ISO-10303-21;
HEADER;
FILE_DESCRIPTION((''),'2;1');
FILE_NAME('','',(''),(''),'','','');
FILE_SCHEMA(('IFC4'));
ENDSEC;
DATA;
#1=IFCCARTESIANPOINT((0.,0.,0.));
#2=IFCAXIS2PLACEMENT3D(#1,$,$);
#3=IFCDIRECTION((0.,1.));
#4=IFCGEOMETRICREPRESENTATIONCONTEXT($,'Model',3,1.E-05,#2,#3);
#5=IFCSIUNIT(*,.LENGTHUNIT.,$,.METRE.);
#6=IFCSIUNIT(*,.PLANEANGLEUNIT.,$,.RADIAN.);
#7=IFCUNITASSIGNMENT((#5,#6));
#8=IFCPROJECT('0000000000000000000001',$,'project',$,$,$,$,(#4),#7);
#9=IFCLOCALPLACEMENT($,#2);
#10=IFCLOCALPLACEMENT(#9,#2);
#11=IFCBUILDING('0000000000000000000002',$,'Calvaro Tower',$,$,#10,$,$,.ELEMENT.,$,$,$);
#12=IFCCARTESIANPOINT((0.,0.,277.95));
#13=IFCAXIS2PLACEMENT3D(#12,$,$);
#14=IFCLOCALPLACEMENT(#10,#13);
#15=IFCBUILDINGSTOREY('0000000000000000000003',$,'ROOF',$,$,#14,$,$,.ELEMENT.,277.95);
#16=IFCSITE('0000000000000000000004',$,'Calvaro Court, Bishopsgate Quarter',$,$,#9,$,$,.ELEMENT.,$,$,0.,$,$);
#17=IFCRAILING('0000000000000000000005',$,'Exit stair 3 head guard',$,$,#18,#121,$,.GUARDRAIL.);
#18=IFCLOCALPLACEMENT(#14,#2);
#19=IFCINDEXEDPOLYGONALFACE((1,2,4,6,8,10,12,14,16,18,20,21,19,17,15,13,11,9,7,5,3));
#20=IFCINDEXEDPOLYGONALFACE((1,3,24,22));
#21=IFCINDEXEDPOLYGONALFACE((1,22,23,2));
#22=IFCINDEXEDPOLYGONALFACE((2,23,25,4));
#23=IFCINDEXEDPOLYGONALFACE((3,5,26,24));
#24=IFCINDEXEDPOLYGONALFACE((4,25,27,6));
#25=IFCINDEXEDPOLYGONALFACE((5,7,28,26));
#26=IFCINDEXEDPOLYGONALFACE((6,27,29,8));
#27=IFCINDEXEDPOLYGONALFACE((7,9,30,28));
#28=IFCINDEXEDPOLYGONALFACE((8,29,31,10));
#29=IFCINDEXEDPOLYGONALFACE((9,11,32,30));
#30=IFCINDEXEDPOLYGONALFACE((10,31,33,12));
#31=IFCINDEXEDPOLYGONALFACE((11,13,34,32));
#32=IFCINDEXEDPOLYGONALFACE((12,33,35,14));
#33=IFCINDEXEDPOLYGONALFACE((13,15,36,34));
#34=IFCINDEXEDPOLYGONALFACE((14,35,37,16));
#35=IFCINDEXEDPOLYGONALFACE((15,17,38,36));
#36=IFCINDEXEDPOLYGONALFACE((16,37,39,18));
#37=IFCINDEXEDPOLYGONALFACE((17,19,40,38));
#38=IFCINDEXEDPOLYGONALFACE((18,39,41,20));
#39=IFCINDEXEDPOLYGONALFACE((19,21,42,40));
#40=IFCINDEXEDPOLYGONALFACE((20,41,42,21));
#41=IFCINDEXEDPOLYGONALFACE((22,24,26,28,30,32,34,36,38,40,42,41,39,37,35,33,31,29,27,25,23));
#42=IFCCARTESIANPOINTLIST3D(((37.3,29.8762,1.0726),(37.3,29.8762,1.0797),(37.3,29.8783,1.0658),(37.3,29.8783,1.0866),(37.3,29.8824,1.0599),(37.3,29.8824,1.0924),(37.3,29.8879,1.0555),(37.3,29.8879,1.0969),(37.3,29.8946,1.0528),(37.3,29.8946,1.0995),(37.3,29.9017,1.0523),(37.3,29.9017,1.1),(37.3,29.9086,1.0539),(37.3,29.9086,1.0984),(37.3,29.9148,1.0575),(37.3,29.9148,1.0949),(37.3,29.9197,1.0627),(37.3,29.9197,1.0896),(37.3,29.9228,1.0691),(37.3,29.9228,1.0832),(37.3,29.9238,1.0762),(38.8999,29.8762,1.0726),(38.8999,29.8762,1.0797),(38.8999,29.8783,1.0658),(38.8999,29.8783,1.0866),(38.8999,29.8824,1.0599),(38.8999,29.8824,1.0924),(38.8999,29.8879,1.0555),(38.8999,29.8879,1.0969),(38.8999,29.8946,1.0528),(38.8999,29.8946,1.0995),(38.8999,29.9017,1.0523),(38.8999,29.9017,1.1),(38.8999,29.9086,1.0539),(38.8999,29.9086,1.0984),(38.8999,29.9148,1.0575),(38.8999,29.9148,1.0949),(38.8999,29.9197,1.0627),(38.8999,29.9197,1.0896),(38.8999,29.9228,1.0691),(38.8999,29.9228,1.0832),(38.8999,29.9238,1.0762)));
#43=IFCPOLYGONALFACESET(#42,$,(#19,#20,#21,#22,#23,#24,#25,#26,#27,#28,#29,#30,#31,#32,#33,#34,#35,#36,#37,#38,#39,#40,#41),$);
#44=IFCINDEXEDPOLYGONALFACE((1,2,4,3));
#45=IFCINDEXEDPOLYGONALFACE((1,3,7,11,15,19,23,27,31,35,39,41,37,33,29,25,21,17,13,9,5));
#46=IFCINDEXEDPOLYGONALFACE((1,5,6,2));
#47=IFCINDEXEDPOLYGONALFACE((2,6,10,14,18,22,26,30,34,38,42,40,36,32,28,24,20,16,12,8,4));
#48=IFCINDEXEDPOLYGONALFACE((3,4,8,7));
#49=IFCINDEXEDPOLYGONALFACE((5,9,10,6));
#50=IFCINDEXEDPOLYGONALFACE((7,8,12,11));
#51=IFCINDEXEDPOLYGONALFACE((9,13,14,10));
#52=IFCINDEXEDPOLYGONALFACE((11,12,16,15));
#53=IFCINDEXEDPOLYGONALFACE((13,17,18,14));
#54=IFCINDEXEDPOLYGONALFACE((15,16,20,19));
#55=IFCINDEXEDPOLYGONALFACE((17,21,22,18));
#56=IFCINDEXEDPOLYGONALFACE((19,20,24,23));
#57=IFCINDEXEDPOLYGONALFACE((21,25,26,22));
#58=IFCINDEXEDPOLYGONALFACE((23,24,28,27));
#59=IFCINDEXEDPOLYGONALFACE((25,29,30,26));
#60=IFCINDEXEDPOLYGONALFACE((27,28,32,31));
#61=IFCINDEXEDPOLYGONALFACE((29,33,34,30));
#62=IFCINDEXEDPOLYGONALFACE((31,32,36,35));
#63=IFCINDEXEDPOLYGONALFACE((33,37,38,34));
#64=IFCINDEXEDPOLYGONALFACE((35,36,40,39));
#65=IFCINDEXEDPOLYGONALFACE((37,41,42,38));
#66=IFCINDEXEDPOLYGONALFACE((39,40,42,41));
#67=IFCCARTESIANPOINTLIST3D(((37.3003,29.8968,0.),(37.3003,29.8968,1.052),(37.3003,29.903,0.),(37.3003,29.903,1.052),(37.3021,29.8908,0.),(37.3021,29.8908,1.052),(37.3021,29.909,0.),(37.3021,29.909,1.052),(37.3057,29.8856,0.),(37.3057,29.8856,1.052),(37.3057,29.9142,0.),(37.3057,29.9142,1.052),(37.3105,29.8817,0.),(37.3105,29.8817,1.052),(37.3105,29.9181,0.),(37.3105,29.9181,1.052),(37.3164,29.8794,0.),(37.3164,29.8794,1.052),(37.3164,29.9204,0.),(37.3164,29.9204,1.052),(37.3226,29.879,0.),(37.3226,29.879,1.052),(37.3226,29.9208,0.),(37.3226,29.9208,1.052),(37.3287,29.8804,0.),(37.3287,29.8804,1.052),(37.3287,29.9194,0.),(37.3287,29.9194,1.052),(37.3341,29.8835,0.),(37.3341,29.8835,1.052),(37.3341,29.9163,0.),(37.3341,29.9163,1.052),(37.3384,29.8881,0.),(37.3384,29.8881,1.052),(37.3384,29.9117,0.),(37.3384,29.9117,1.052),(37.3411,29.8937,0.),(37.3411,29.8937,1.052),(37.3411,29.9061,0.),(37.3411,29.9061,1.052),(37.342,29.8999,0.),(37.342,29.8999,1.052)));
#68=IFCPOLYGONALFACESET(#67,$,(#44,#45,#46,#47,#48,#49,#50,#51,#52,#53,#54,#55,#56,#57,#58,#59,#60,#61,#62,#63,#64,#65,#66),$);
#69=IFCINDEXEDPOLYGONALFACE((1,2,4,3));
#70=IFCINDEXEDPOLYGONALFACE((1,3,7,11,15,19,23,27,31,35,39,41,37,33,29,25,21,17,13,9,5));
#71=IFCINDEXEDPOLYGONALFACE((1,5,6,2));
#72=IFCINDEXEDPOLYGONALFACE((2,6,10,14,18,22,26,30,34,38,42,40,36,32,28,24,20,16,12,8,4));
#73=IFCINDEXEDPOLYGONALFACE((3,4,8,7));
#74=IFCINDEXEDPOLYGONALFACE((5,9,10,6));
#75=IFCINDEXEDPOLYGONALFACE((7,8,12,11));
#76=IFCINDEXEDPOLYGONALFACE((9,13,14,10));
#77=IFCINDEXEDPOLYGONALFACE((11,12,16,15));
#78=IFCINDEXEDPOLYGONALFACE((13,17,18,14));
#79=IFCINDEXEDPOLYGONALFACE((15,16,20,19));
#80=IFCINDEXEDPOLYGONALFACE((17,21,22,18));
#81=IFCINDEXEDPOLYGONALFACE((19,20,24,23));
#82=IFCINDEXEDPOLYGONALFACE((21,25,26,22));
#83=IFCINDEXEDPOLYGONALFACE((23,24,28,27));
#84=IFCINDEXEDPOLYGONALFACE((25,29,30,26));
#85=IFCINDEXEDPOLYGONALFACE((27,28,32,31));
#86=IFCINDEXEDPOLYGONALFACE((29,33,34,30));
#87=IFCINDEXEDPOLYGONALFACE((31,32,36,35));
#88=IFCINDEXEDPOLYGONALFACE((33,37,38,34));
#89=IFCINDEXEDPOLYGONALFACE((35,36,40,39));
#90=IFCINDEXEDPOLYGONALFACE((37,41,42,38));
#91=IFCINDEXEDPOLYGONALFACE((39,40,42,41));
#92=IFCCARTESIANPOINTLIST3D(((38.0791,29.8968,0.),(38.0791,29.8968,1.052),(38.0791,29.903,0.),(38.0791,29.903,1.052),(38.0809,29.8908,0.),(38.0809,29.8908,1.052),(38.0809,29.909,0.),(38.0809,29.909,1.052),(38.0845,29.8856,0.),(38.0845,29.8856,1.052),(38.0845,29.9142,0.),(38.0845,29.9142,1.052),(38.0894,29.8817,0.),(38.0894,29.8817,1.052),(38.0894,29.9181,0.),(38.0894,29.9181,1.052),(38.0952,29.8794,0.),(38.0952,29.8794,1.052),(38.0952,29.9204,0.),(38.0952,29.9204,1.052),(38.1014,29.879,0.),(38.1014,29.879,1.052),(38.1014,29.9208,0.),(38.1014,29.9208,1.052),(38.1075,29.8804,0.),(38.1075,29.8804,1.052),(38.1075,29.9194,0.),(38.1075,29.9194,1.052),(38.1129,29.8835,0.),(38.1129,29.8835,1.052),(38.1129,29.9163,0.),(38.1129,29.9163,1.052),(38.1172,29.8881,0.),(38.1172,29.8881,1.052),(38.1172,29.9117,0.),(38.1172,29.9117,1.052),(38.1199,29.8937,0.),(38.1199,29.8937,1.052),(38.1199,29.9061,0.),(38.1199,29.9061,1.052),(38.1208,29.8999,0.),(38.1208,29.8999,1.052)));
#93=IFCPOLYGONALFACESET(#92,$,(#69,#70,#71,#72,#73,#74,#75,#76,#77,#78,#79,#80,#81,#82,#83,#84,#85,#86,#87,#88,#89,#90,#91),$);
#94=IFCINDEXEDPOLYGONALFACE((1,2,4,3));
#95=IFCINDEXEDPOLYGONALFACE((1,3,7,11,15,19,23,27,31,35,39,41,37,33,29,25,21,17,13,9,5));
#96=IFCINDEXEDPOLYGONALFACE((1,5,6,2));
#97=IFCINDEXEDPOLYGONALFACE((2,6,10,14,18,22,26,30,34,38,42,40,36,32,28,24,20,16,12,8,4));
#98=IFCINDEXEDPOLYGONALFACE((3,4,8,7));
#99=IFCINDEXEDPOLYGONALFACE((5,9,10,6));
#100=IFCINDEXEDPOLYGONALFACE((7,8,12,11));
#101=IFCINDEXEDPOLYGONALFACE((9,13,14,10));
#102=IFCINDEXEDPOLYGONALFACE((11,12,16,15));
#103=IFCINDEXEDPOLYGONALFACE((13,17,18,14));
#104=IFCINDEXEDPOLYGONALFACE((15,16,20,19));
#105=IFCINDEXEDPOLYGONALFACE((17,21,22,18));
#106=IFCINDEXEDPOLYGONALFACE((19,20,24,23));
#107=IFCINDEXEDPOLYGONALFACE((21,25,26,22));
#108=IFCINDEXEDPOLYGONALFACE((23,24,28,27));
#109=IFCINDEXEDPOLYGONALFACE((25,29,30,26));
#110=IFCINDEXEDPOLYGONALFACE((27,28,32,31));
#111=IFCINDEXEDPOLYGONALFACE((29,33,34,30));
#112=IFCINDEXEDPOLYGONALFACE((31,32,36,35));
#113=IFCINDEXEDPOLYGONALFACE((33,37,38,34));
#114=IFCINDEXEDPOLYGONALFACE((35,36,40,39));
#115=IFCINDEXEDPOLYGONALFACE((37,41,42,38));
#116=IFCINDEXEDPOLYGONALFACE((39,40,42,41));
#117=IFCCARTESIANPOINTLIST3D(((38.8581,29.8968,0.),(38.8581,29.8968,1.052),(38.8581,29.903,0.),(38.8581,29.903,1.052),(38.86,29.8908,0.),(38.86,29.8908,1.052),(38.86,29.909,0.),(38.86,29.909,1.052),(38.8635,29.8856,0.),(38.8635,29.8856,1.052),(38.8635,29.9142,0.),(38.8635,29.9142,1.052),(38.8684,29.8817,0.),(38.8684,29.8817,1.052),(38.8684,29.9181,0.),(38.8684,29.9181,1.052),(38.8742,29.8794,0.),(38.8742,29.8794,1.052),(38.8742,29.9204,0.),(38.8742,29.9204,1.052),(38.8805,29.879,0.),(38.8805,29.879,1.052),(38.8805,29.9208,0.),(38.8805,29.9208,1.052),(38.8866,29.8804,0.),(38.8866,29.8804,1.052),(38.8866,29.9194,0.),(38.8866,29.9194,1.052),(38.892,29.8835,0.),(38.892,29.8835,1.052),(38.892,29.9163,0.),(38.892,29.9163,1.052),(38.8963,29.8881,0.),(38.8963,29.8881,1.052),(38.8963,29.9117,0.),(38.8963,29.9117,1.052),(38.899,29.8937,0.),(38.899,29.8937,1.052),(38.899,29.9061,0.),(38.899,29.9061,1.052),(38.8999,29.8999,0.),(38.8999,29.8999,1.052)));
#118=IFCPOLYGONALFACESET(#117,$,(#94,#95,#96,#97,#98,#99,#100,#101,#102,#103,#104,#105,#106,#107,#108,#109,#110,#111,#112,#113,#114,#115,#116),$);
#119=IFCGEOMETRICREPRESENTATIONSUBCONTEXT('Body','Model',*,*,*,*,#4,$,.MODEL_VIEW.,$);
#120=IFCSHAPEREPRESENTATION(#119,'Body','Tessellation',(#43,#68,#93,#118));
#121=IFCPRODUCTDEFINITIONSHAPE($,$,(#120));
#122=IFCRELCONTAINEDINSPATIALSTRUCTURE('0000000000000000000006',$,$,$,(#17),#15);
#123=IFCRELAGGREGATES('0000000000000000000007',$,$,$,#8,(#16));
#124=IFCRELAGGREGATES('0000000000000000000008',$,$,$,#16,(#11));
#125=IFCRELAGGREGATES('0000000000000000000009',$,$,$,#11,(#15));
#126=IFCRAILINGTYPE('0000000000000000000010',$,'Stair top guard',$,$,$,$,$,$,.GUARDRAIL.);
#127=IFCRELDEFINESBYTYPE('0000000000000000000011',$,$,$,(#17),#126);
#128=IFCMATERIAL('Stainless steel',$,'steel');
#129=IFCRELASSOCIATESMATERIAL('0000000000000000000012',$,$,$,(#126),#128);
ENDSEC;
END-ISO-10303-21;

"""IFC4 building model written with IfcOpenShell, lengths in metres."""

from ifc_helpers import new_model, si_unit, direction, frame, origin, origin_2d, place, context, subcontext, project, spatial, circle, extrude, material, type_object, element, save


model = new_model("IFC4")

# Units and contexts
model_context = context("Model", 3, precision=1e-05, world=origin(), true_north=direction((0.0, 1.0)))
body_context = subcontext(model_context, "Body", "Model", "MODEL_VIEW")
ifc_project = project(units=[si_unit("LENGTHUNIT", "METRE"), si_unit("PLANEANGLEUNIT", "RADIAN")], contexts=[model_context])

# Site, building, storey
site_placement = place(None, origin())
site = spatial("IfcSite", under=ifc_project, at=site_placement, Name="Calvaro Court, Bishopsgate Quarter", CompositionType="ELEMENT", RefElevation=0.0)
building_placement = place(site_placement, origin())
building = spatial("IfcBuilding", under=site, at=building_placement, Name="Calvaro Tower", CompositionType="ELEMENT")
storey_placement = place(building_placement, frame((0.0, 0.0, 277.95)))
storey = spatial("IfcBuildingStorey", under=building, at=storey_placement, Name="ROOF", CompositionType="ELEMENT", Elevation=277.95)

# Railing
ifc_material_1 = material(Name="Stainless steel", Category="steel")
railing_type = type_object("IfcRailingType", Name="Stair top guard", PredefinedType="GUARDRAIL", material=ifc_material_1)
railing_placement = place(storey_placement, frame((37.3, 29.8999, 0.0)))
element("IfcRailing", 1, at=railing_placement, inside=storey, type_object=railing_type, Name="Exit stair 3 head guard", PredefinedType="GUARDRAIL", context=body_context, shape_type="SweptSolid", body=[
    extrude(circle(Radius=0.0239, at=origin_2d()), frame((0.0, 0.0, 1.0762), z_axis=(1.0, 0.0, 0.0), x_axis=(0.0, 1.0, 0.0)), (0.0, 0.0, 1.0), 1.5999),
    extrude(circle(Radius=0.021, at=origin_2d()), frame((0.021, 0.0, 0.0)), (0.0, 0.0, 1.0), 1.052),
    extrude(circle(Radius=0.021, at=origin_2d()), frame((0.7998, 0.0, 0.0)), (0.0, 0.0, 1.0), 1.052),
    extrude(circle(Radius=0.021, at=origin_2d()), frame((1.5789, 0.0, 0.0)), (0.0, 0.0, 1.0), 1.052),
])

save(model, "model.ifc")
